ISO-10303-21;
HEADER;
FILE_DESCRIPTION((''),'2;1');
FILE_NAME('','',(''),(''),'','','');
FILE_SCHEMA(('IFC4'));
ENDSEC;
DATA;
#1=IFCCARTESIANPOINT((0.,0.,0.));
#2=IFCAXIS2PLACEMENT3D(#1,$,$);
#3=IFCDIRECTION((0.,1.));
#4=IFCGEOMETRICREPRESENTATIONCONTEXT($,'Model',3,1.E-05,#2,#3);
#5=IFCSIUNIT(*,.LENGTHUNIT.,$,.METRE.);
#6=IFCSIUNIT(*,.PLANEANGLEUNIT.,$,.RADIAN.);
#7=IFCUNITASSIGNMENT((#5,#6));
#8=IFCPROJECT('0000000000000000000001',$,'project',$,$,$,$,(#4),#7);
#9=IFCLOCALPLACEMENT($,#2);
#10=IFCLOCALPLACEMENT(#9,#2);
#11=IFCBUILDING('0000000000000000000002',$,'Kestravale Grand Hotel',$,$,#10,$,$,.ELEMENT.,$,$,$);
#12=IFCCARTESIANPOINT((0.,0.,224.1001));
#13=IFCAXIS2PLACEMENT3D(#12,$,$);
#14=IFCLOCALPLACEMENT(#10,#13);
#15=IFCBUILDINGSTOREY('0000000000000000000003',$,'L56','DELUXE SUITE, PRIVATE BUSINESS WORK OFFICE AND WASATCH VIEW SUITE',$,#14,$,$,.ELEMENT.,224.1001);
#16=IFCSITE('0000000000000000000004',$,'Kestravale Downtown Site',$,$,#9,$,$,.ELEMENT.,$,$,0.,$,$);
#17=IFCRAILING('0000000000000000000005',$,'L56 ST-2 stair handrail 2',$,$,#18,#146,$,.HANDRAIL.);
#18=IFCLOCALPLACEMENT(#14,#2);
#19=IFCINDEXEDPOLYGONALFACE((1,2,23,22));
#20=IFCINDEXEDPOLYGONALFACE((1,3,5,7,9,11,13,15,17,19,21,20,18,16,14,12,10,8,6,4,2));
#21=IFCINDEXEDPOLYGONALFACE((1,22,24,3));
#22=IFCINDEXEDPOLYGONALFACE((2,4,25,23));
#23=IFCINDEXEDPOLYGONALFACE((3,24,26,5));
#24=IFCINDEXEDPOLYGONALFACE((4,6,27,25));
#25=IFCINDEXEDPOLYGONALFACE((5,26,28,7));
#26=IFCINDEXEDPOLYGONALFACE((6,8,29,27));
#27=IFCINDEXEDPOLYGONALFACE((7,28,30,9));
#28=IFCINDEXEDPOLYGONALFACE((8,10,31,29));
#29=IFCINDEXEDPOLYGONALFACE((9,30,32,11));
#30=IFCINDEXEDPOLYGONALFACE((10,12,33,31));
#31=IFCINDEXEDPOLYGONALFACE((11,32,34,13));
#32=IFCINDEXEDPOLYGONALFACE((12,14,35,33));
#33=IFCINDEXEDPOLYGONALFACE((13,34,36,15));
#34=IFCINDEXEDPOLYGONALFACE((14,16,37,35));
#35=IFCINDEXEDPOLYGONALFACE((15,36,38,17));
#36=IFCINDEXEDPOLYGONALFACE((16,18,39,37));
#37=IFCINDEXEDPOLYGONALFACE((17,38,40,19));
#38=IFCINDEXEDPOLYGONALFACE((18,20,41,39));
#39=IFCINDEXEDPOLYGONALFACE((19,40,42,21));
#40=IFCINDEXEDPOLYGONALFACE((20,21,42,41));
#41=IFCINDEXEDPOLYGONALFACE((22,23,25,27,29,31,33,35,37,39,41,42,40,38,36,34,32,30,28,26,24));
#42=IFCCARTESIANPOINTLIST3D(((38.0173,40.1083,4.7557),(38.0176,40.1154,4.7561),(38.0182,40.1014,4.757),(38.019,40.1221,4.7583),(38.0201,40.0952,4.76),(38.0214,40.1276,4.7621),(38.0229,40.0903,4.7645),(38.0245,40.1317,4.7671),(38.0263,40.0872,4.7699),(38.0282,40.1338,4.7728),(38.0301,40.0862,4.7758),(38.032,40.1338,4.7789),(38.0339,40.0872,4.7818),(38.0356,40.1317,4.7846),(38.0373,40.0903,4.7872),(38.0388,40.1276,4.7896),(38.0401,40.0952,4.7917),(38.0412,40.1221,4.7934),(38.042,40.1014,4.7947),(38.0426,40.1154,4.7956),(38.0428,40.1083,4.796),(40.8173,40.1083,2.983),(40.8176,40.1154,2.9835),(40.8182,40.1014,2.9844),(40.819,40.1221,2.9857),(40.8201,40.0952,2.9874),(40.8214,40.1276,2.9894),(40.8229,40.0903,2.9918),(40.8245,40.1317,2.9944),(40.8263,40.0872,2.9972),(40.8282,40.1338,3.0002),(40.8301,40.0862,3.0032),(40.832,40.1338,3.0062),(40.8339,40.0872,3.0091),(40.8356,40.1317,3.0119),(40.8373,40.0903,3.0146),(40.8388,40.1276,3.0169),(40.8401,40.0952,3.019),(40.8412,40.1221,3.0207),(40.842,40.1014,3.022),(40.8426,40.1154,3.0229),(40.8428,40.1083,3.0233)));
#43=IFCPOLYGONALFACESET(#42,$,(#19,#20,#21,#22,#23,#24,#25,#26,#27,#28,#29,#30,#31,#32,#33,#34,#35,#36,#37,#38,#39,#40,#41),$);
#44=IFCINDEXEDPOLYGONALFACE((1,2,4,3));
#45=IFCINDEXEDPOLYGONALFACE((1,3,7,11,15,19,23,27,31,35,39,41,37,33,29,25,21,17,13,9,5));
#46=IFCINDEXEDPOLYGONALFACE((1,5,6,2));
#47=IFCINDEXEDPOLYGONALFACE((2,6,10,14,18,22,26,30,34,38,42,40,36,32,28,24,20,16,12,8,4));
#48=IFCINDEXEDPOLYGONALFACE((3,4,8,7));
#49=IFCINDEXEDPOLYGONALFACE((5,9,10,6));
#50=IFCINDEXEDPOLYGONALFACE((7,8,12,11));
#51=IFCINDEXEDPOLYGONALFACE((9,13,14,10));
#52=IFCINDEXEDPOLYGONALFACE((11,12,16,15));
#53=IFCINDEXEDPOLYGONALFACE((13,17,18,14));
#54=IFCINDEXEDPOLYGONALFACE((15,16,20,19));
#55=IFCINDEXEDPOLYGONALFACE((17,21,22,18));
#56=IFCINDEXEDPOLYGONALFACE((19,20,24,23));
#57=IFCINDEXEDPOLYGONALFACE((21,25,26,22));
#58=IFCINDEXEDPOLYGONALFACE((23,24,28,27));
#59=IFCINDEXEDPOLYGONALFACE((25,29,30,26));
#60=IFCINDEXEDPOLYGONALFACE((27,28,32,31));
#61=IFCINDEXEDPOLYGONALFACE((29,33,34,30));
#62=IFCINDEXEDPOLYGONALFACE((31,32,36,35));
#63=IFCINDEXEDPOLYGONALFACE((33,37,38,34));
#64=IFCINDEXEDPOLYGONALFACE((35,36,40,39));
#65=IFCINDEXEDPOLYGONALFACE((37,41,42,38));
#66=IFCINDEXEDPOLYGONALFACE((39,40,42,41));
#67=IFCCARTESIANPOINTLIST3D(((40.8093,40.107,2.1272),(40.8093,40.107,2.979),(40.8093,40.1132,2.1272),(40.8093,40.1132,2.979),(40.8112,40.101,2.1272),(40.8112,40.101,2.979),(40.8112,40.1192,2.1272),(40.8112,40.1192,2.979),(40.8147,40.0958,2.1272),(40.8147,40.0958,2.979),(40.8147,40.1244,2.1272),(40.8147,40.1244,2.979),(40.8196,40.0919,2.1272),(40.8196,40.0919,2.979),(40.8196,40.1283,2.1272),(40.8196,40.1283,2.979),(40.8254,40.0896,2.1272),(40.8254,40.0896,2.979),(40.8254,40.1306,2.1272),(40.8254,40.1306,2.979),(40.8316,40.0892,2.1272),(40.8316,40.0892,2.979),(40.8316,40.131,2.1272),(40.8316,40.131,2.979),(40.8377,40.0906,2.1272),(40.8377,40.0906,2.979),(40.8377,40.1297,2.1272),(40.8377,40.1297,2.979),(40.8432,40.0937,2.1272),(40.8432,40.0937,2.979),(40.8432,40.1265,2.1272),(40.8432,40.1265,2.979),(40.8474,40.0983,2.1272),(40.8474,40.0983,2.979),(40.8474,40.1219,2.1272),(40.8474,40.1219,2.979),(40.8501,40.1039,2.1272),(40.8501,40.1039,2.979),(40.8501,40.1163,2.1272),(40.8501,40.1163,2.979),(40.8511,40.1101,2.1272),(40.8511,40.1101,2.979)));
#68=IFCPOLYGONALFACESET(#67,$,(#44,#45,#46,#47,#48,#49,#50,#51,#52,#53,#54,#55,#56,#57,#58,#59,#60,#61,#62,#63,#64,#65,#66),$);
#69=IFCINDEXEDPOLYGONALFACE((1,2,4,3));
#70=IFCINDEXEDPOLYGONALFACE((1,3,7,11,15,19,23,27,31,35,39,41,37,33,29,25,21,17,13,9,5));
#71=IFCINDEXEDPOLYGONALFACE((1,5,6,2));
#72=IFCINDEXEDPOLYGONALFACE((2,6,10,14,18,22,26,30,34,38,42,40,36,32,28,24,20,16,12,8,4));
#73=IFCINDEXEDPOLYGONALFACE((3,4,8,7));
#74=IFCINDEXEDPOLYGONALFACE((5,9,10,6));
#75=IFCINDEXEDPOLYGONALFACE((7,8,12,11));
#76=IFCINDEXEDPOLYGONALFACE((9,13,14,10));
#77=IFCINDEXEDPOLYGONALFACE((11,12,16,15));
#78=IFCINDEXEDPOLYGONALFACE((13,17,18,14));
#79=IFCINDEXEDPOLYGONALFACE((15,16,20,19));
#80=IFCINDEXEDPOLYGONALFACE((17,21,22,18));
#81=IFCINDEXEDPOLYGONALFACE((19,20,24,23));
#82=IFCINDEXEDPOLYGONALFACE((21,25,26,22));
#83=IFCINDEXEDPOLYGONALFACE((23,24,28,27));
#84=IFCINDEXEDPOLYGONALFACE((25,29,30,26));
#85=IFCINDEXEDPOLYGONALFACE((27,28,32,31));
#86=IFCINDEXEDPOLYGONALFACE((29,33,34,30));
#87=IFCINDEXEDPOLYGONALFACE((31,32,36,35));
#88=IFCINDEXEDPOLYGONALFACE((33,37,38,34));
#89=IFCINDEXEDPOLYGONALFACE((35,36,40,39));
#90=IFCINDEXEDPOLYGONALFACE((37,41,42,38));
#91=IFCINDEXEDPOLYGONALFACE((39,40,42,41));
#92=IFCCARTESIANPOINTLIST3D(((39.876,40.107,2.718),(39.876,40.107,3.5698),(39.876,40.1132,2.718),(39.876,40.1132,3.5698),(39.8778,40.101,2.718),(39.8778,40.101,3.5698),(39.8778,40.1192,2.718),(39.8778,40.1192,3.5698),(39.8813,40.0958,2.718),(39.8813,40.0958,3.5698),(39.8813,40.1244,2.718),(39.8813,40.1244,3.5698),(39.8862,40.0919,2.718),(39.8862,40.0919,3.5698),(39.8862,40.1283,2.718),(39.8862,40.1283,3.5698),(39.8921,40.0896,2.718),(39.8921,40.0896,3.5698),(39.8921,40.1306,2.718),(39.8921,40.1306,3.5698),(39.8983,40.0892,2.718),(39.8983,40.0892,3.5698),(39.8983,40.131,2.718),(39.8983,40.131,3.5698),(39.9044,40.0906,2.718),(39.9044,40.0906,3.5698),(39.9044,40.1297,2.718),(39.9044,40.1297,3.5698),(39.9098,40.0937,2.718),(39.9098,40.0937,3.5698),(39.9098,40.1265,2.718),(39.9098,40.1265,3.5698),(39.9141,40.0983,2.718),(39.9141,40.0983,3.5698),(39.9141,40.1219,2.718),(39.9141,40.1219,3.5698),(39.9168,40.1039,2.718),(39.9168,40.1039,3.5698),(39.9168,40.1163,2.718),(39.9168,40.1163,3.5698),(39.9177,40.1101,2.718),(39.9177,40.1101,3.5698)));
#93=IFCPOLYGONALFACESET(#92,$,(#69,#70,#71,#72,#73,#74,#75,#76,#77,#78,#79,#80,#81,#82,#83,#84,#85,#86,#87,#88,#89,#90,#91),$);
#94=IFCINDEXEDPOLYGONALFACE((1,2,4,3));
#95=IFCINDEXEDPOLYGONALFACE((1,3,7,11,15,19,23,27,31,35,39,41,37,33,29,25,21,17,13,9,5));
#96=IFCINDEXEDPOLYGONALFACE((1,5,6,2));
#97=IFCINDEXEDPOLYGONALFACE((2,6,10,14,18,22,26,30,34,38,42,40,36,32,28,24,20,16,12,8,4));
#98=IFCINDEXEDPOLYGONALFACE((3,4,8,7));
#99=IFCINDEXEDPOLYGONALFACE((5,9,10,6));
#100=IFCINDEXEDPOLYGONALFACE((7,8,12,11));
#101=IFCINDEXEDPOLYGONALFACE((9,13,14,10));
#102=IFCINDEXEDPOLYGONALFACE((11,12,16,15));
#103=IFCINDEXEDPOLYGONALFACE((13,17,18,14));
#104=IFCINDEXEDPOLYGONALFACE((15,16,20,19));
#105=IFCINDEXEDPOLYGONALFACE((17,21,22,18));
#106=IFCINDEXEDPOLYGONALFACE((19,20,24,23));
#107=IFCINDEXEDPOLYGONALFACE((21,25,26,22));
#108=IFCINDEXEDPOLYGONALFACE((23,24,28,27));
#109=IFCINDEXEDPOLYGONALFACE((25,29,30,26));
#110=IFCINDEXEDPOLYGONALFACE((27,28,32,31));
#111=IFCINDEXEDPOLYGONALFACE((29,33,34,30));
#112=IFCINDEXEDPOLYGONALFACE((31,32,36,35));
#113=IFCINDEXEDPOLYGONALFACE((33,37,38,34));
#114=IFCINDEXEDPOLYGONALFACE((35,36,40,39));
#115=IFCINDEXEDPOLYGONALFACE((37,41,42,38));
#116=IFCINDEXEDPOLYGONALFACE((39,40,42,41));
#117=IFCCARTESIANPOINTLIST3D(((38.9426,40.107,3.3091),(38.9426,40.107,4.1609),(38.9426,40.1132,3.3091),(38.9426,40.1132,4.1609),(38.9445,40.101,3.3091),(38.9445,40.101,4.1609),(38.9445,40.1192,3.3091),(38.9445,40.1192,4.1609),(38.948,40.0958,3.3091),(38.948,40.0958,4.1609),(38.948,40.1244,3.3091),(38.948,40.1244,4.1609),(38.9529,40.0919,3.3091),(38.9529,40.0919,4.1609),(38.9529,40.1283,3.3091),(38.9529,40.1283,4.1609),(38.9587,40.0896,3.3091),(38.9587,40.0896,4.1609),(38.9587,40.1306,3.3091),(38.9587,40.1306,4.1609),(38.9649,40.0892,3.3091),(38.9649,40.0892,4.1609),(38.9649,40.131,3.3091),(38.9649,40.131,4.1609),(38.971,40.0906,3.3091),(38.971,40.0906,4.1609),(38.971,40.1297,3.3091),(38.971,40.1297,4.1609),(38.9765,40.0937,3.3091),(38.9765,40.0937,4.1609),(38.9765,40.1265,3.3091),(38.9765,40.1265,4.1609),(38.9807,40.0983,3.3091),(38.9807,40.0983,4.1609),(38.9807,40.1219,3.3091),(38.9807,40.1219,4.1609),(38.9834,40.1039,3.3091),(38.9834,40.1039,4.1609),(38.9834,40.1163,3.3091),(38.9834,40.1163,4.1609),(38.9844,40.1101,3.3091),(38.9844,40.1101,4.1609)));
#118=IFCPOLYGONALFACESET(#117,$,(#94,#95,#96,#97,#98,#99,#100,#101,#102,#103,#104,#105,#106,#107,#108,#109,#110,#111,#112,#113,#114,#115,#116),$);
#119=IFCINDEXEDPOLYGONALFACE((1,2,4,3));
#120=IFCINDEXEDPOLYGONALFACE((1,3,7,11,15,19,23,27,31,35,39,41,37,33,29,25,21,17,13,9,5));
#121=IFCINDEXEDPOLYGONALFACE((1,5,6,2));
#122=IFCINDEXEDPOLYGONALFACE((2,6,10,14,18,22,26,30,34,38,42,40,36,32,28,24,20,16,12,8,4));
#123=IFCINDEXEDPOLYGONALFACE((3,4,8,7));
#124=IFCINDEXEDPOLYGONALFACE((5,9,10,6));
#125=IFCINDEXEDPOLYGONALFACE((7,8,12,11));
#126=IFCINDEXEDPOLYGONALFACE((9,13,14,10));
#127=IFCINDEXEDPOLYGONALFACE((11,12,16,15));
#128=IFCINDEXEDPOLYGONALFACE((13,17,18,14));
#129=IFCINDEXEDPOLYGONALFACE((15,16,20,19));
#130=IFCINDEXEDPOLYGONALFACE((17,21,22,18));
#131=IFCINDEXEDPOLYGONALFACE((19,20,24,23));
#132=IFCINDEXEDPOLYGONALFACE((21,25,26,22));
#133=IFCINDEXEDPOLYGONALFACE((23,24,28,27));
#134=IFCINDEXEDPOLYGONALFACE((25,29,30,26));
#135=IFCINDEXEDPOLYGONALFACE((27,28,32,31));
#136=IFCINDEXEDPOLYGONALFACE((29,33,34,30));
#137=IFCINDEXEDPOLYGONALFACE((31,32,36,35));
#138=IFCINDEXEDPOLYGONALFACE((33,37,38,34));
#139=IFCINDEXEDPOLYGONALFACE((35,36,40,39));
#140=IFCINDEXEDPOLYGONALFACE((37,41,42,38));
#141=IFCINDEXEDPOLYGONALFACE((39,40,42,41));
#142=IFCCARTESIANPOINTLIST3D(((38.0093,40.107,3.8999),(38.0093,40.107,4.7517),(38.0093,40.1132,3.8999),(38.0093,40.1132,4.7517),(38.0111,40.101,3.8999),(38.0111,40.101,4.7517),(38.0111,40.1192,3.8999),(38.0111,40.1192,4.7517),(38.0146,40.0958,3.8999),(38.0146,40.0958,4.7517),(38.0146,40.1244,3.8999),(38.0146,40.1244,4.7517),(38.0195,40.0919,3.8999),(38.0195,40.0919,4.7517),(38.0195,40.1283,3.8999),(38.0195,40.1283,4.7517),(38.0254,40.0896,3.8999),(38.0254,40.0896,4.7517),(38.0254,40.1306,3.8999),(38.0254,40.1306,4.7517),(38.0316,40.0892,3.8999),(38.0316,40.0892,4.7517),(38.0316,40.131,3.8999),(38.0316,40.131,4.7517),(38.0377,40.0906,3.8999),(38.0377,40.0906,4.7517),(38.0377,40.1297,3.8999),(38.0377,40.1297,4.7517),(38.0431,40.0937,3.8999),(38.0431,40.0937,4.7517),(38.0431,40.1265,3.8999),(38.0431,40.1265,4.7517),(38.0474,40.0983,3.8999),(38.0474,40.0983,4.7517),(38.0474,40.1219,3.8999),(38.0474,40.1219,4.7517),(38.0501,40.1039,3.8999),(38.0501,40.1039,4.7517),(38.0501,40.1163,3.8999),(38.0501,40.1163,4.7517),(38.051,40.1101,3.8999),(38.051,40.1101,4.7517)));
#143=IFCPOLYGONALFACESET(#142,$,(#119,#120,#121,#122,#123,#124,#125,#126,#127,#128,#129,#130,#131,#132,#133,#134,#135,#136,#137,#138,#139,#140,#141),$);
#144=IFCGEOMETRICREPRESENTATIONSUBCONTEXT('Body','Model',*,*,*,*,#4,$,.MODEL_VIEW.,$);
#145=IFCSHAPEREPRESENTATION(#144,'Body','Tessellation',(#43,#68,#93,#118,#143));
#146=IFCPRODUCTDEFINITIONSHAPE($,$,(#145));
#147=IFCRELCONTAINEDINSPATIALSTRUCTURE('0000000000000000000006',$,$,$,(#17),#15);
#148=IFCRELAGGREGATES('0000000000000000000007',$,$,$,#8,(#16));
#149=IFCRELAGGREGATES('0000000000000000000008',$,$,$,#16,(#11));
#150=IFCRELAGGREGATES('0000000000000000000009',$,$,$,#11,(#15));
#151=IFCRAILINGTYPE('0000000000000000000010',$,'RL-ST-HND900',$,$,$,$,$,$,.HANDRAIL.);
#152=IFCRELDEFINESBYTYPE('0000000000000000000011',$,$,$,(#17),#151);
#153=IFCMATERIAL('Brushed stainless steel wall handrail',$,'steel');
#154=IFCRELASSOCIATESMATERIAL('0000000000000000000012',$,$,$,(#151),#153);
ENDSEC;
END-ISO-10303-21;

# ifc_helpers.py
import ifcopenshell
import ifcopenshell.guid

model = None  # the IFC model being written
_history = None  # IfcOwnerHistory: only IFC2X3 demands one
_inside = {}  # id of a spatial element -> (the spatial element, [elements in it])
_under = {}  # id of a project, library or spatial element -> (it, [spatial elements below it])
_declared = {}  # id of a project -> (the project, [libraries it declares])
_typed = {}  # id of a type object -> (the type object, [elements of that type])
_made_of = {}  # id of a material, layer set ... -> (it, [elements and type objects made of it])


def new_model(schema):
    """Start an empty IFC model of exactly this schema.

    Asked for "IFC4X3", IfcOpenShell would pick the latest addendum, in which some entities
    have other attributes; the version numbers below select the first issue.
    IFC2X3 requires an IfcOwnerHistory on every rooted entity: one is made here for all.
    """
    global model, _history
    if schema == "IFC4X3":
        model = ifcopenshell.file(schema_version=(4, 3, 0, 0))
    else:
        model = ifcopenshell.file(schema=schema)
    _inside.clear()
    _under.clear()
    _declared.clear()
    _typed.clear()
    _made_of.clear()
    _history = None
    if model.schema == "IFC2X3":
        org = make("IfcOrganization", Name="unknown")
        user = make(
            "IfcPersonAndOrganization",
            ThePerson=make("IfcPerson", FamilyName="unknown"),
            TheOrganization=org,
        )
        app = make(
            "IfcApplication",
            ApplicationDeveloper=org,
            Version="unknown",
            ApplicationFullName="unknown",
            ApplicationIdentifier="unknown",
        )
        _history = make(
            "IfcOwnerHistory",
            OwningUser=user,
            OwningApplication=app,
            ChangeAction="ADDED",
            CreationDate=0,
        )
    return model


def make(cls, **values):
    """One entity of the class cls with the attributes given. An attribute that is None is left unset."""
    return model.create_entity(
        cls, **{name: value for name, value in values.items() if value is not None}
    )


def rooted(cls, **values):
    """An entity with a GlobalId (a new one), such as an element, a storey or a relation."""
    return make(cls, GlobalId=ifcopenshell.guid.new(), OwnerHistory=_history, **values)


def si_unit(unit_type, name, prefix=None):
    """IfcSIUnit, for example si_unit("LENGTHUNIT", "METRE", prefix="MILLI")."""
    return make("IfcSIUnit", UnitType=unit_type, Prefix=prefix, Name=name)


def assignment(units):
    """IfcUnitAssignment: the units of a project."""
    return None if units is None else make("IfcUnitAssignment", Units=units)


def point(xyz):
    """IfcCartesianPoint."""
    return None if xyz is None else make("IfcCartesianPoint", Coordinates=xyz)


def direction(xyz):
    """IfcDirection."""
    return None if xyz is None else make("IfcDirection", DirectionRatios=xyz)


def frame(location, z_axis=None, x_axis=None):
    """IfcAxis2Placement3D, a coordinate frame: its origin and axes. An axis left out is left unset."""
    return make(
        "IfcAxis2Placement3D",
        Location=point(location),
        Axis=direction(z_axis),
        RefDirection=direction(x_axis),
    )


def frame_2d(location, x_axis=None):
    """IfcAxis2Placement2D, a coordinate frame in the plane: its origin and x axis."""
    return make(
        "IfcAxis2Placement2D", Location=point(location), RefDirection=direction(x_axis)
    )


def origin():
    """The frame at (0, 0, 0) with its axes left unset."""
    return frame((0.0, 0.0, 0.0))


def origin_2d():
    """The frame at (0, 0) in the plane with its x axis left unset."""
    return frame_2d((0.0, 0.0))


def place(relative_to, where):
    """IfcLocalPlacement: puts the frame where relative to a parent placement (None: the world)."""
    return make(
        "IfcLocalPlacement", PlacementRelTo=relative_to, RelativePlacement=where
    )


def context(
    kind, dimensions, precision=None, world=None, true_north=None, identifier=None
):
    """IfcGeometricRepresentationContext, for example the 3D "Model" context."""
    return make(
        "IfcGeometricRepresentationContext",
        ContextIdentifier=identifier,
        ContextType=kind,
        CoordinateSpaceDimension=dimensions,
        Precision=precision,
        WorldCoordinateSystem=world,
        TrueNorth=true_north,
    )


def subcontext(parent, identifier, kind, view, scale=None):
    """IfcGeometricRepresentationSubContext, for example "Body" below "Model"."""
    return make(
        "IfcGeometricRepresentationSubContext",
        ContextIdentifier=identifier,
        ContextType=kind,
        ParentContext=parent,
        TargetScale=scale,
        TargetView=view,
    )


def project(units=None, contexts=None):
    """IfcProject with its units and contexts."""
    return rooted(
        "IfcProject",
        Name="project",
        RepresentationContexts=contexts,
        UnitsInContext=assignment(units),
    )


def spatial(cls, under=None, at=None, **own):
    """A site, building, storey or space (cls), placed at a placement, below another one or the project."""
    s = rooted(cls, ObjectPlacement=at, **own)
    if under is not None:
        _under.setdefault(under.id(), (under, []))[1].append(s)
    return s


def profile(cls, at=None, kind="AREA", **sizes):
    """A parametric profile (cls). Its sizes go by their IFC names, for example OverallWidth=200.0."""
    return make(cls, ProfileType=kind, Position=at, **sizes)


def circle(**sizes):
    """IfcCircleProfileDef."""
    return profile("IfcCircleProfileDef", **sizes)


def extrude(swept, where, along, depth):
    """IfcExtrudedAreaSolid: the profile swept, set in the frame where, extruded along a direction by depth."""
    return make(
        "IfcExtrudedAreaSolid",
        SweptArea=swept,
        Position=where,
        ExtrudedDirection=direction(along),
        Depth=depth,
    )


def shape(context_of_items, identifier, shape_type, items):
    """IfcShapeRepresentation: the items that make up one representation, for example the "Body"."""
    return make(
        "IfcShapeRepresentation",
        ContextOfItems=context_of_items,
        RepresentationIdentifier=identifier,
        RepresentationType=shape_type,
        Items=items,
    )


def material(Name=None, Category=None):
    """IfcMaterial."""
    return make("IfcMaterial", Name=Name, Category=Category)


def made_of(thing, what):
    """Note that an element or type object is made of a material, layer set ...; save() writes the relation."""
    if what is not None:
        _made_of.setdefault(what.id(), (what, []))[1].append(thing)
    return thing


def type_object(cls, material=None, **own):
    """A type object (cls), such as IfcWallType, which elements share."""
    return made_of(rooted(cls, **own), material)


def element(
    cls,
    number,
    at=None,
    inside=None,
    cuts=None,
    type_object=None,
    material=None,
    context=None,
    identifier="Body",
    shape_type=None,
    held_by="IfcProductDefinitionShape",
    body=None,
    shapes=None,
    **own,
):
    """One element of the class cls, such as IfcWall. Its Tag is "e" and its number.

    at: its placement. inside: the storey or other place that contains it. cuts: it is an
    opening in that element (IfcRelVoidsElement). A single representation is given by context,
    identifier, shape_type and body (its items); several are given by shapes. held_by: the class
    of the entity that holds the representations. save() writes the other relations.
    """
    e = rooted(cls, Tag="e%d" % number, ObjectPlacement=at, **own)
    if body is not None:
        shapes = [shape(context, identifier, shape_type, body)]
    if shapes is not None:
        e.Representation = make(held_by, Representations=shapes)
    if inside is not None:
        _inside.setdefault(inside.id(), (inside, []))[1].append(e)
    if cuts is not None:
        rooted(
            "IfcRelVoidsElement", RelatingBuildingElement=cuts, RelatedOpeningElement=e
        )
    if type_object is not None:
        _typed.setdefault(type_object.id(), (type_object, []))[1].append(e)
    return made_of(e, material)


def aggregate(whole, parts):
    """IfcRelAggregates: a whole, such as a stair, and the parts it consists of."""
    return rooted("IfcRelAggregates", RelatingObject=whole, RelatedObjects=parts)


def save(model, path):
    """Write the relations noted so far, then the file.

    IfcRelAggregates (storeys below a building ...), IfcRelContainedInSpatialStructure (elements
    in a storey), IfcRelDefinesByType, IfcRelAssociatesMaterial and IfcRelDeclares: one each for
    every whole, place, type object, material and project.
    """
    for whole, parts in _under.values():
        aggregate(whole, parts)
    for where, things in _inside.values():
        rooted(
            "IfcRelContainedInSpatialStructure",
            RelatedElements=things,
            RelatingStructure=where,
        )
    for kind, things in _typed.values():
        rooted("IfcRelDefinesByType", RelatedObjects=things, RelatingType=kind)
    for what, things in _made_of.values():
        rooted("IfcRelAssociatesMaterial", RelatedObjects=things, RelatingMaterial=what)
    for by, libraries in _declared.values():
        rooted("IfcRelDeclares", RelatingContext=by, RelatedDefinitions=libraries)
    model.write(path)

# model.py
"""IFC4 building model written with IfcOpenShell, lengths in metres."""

from ifc_helpers import new_model, si_unit, direction, frame, origin, origin_2d, place, context, subcontext, project, spatial, circle, extrude, material, type_object, element, save


model = new_model("IFC4")

# Units and contexts
model_context = context("Model", 3, precision=1e-05, world=origin(), true_north=direction((0.0, 1.0)))
body_context = subcontext(model_context, "Body", "Model", "MODEL_VIEW")
ifc_project = project(units=[si_unit("LENGTHUNIT", "METRE"), si_unit("PLANEANGLEUNIT", "RADIAN")], contexts=[model_context])

# Site, building, storey
site_placement = place(None, origin())
site = spatial("IfcSite", under=ifc_project, at=site_placement, Name="Kestravale Downtown Site", CompositionType="ELEMENT", RefElevation=0.0)
building_placement = place(site_placement, origin())
building = spatial("IfcBuilding", under=site, at=building_placement, Name="Kestravale Grand Hotel", CompositionType="ELEMENT")
storey_placement = place(building_placement, frame((0.0, 0.0, 224.1001)))
storey = spatial("IfcBuildingStorey", under=building, at=storey_placement, Name="L56", Description="DELUXE SUITE, PRIVATE BUSINESS WORK OFFICE AND WASATCH VIEW SUITE", CompositionType="ELEMENT", Elevation=224.1001)

# Railing
ifc_material_1 = material(Name="Brushed stainless steel wall handrail", Category="steel")
railing_type_1 = type_object("IfcRailingType", Name="RL-ST-HND900", PredefinedType="HANDRAIL", material=ifc_material_1)
railing_1_placement = place(storey_placement, frame((40.8301, 40.1101, 2.1272)))
element("IfcRailing", 1, at=railing_1_placement, inside=storey, type_object=railing_type_1, Name="L56 ST-2 stair handrail 2", PredefinedType="HANDRAIL", context=body_context, shape_type="SweptSolid", body=[
    extrude(circle(Radius=0.0239, at=origin_2d()), frame((0.0, 0.0, 0.876), z_axis=(-0.844909, 0.0, 0.53491), x_axis=(0.0, -1.0, 0.0)), (0.0, 0.0, 1.0), 3.314),
    extrude(circle(Radius=0.021, at=origin_2d()), origin(), (0.0, 0.0, 1.0), 0.8518),
    extrude(circle(Radius=0.021, at=origin_2d()), frame((-0.9333, 0.0, 0.5908)), (0.0, 0.0, 1.0), 0.8518),
    extrude(circle(Radius=0.021, at=origin_2d()), frame((-1.8667, 0.0, 1.1819)), (0.0, 0.0, 1.0), 0.8518),
    extrude(circle(Radius=0.021, at=origin_2d()), frame((-2.8, 0.0, 1.7727)), (0.0, 0.0, 1.0), 0.8518),
])

save(model, "model.ifc")
